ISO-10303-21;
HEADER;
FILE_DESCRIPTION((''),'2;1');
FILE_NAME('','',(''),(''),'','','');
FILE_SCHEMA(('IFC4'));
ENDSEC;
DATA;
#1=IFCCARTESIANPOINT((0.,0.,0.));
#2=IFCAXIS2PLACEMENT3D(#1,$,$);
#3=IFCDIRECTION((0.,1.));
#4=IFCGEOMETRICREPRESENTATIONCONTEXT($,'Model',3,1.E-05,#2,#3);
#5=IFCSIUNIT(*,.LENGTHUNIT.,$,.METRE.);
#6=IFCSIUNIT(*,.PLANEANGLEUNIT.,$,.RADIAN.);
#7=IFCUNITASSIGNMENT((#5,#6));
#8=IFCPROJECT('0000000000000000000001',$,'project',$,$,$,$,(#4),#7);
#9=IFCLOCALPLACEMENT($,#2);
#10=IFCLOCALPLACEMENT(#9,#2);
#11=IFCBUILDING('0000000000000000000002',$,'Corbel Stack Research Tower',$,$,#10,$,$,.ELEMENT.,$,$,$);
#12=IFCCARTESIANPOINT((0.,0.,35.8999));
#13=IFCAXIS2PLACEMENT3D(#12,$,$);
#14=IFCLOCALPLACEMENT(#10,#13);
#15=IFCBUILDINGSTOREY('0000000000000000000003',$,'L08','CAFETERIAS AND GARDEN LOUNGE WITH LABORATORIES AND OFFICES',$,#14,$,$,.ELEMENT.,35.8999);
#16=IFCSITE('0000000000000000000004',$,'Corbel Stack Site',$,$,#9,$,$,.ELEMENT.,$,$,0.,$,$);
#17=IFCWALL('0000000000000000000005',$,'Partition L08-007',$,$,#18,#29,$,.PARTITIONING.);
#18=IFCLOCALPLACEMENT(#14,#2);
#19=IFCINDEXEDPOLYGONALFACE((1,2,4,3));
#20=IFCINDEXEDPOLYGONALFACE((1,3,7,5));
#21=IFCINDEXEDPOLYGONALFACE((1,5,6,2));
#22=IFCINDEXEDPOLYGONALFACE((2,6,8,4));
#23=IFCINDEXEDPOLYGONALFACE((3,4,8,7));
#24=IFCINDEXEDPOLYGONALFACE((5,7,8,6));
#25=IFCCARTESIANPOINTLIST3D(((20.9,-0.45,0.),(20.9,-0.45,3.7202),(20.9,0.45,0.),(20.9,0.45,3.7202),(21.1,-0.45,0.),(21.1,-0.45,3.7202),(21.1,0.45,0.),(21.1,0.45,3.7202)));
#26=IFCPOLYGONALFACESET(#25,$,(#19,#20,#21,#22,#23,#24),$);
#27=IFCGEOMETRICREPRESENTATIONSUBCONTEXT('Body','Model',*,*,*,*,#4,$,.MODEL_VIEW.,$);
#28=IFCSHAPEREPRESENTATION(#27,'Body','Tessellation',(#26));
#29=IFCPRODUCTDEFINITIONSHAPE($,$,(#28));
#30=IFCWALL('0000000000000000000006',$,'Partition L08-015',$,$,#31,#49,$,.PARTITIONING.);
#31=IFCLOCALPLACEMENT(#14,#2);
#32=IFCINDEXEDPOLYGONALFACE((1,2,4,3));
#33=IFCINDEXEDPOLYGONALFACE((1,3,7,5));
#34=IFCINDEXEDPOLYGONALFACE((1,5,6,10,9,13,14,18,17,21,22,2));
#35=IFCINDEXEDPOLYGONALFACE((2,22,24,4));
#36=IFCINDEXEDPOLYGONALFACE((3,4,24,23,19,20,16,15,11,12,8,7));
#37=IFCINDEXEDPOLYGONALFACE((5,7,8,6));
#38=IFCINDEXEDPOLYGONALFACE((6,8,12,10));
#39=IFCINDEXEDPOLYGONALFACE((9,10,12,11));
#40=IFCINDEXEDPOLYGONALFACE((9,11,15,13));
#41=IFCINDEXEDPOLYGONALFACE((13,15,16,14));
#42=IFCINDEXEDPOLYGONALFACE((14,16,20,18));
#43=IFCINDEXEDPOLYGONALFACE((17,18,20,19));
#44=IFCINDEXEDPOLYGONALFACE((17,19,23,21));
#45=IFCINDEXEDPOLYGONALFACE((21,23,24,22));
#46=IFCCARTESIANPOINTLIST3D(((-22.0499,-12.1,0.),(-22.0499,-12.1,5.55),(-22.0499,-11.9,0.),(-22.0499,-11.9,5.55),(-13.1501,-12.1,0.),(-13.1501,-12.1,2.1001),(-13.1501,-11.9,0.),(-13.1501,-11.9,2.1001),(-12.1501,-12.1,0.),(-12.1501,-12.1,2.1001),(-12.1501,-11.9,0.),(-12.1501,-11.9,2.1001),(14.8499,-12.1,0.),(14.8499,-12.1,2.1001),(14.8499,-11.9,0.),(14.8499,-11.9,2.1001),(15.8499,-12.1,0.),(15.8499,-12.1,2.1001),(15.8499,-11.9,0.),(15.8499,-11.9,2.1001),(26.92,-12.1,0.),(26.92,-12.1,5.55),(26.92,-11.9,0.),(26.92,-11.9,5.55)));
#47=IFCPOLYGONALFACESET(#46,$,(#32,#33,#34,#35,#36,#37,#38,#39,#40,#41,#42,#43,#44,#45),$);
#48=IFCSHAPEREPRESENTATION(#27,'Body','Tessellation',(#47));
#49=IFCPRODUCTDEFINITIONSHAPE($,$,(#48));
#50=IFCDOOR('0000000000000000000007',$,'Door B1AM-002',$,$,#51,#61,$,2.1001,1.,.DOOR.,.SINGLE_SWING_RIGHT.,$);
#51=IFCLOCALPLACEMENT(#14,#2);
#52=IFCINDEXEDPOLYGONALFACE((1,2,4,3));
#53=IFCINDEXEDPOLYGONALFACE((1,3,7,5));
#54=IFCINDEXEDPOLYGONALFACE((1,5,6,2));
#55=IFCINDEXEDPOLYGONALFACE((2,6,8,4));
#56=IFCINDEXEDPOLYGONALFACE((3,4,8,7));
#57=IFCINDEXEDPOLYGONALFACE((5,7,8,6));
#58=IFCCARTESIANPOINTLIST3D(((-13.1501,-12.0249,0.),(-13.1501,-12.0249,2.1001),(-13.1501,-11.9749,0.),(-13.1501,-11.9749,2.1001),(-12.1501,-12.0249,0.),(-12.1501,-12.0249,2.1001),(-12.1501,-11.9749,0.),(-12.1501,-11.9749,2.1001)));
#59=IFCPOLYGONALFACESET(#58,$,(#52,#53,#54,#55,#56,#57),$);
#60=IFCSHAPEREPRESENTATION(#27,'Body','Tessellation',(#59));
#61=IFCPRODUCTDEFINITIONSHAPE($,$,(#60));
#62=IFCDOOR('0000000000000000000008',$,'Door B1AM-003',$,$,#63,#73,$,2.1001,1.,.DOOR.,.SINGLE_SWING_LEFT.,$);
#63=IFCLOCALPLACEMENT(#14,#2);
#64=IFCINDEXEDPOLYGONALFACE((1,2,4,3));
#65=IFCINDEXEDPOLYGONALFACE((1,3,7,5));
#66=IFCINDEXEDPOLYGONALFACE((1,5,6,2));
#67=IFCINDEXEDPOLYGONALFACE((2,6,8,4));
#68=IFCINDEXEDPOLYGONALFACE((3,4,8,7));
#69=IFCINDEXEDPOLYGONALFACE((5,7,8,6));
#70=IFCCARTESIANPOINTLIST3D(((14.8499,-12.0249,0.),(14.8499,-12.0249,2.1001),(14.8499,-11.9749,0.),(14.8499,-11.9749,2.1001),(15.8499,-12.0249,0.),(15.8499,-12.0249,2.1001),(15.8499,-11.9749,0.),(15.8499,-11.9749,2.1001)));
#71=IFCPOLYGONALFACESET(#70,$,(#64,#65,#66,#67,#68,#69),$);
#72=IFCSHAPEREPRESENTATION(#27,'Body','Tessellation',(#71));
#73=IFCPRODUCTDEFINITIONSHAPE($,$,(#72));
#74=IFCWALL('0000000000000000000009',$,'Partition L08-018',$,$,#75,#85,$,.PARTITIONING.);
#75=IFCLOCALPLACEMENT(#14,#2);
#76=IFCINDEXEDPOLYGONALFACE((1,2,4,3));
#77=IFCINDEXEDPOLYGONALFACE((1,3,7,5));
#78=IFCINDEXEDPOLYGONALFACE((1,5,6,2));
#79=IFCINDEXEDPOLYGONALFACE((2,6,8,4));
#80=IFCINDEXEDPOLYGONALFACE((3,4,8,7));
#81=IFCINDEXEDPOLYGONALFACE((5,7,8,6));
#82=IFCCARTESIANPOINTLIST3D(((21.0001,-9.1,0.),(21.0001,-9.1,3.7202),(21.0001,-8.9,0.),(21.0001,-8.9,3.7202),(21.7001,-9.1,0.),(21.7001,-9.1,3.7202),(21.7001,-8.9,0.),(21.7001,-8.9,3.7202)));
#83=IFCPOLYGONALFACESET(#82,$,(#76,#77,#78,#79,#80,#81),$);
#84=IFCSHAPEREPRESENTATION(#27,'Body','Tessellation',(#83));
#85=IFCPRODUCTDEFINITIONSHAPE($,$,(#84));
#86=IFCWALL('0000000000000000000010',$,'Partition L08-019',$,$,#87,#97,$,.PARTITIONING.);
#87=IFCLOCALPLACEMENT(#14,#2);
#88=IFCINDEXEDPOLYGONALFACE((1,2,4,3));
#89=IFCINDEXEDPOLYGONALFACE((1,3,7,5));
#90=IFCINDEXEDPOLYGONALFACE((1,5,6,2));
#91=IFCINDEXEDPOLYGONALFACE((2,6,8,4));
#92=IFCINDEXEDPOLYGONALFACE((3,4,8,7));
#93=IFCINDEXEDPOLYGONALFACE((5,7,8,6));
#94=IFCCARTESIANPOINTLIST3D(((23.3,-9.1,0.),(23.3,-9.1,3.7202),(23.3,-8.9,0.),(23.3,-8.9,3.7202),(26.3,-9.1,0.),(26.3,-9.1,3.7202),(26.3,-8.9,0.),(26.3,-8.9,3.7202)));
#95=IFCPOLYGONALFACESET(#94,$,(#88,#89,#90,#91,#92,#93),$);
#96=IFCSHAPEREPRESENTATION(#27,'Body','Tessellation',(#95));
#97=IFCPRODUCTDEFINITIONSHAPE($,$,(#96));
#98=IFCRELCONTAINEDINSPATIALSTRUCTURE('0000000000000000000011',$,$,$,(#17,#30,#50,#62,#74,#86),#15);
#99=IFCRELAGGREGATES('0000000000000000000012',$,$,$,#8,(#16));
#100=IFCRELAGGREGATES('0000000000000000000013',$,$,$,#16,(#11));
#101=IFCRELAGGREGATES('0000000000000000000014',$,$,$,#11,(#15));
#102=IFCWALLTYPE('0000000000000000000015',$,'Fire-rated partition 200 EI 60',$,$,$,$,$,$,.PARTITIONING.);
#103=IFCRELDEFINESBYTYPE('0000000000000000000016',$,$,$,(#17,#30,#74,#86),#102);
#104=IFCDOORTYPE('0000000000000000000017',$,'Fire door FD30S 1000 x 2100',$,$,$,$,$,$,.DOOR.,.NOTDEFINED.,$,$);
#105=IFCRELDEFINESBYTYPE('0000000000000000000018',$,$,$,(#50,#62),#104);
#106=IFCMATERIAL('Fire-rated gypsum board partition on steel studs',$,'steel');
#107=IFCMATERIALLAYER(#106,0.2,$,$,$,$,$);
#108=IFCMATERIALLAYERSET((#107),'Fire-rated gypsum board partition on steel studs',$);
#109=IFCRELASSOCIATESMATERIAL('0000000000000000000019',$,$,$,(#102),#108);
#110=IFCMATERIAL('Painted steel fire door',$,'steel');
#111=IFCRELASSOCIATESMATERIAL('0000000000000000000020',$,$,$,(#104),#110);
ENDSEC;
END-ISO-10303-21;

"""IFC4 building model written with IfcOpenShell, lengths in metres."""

from ifc_helpers import new_model, si_unit, direction, frame, frame_2d, origin, place, context, subcontext, project, spatial, rectangle, extrude, material, layer, layer_set, type_object, element, fill, save


model = new_model("IFC4")

# Units and contexts
model_context = context("Model", 3, precision=1e-05, world=origin(), true_north=direction((0.0, 1.0)))
body_context = subcontext(model_context, "Body", "Model", "MODEL_VIEW")
ifc_project = project(units=[si_unit("LENGTHUNIT", "METRE"), si_unit("PLANEANGLEUNIT", "RADIAN")], contexts=[model_context])

# Site, building, storey
site_placement = place(None, origin())
site = spatial("IfcSite", under=ifc_project, at=site_placement, Name="Corbel Stack Site", CompositionType="ELEMENT", RefElevation=0.0)
building_placement = place(site_placement, origin())
building = spatial("IfcBuilding", under=site, at=building_placement, Name="Corbel Stack Research Tower", CompositionType="ELEMENT")
storey_placement = place(building_placement, frame((0.0, 0.0, 35.8999)))
storey = spatial("IfcBuildingStorey", under=building, at=storey_placement, Name="L08", Description="CAFETERIAS AND GARDEN LOUNGE WITH LABORATORIES AND OFFICES", CompositionType="ELEMENT", Elevation=35.8999)

# Wall
ifc_material_1 = material(Name="Fire-rated gypsum board partition on steel studs", Category="steel")
ifc_layer_1 = layer(ifc_material_1, 0.2)
ifc_layer_set_1 = layer_set([ifc_layer_1], Name="Fire-rated gypsum board partition on steel studs")
wall_type_1 = type_object("IfcWallType", Name="Fire-rated partition 200 EI 60", PredefinedType="PARTITIONING", material=ifc_layer_set_1)
wall_1_placement = place(storey_placement, frame((21.0, -0.45, 0.0), z_axis=(0.0, 0.0, 1.0), x_axis=(0.0, 1.0, 0.0)))
element("IfcWall", 1, at=wall_1_placement, inside=storey, type_object=wall_type_1, Name="Partition L08-007", PredefinedType="PARTITIONING", context=body_context, shape_type="SweptSolid", body=[
    extrude(rectangle(XDim=0.8999, YDim=0.2, at=frame_2d((0.45, 0.0))), origin(), (0.0, 0.0, 1.0), 3.7202),
])

# Wall, openings, doors
wall_2_placement = place(storey_placement, frame((26.9199, -12.0, 0.0), z_axis=(0.0, 0.0, 1.0), x_axis=(-1.0, 0.0, 0.0)))
wall_2 = element("IfcWall", 2, at=wall_2_placement, inside=storey, type_object=wall_type_1, Name="Partition L08-015", PredefinedType="PARTITIONING", context=body_context, shape_type="SweptSolid", body=[
    extrude(rectangle(XDim=48.97, YDim=0.2, at=frame_2d((24.4849, 0.0))), origin(), (0.0, 0.0, 1.0), 5.55),
])
opening_1_placement = place(wall_2_placement, frame((39.0701, 0.0, 0.0)))
opening_1 = element("IfcOpeningElement", 3, at=opening_1_placement, cuts=wall_2, PredefinedType="OPENING", context=body_context, shape_type="SweptSolid", body=[
    extrude(rectangle(XDim=1.0, YDim=2.1001, at=frame_2d((0.5, 1.05))), frame((0.0, 0.1099, 0.0), z_axis=(0.0, -1.0, 0.0), x_axis=(1.0, 0.0, 0.0)), (0.0, 0.0, 1.0), 0.22),
])
opening_2_placement = place(wall_2_placement, frame((11.0701, 0.0, 0.0)))
opening_2 = element("IfcOpeningElement", 4, at=opening_2_placement, cuts=wall_2, PredefinedType="OPENING", context=body_context, shape_type="SweptSolid", body=[
    extrude(rectangle(XDim=1.0, YDim=2.1001, at=frame_2d((0.5, 1.05))), frame((0.0, 0.1099, 0.0), z_axis=(0.0, -1.0, 0.0), x_axis=(1.0, 0.0, 0.0)), (0.0, 0.0, 1.0), 0.22),
])
ifc_material_2 = material(Name="Painted steel fire door", Category="steel")
door_type_1 = type_object("IfcDoorType", Name="Fire door FD30S 1000 x 2100", OperationType="NOTDEFINED", PredefinedType="DOOR", material=ifc_material_2)
door_1_placement = place(opening_1_placement, origin())
door_1 = element("IfcDoor", 5, at=door_1_placement, inside=storey, type_object=door_type_1, Name="Door B1AM-002", OperationType="SINGLE_SWING_RIGHT", OverallHeight=2.1001, OverallWidth=1.0, PredefinedType="DOOR", context=body_context, shape_type="SweptSolid", body=[
    extrude(rectangle(XDim=1.0, YDim=2.1001, at=frame_2d((0.5, 1.05))), frame((0.0, 0.0249, 0.0), z_axis=(0.0, -1.0, 0.0), x_axis=(1.0, 0.0, 0.0)), (0.0, 0.0, 1.0), 0.05),
])
fill(opening_1, door_1)
door_2_placement = place(opening_2_placement, origin())
door_2 = element("IfcDoor", 6, at=door_2_placement, inside=storey, type_object=door_type_1, Name="Door B1AM-003", OperationType="SINGLE_SWING_LEFT", OverallHeight=2.1001, OverallWidth=1.0, PredefinedType="DOOR", context=body_context, shape_type="SweptSolid", body=[
    extrude(rectangle(XDim=1.0, YDim=2.1001, at=frame_2d((0.5, 1.05))), frame((0.0, 0.0249, 0.0), z_axis=(0.0, -1.0, 0.0), x_axis=(1.0, 0.0, 0.0)), (0.0, 0.0, 1.0), 0.05),
])
fill(opening_2, door_2)

# Walls
wall_3_placement = place(storey_placement, frame((21.0, -9.0, 0.0), z_axis=(0.0, 0.0, 1.0), x_axis=(1.0, 0.0, 0.0)))
element("IfcWall", 7, at=wall_3_placement, inside=storey, type_object=wall_type_1, Name="Partition L08-018", PredefinedType="PARTITIONING", context=body_context, shape_type="SweptSolid", body=[
    extrude(rectangle(XDim=0.7, YDim=0.2, at=frame_2d((0.3501, 0.0))), origin(), (0.0, 0.0, 1.0), 3.7202),
])
wall_4_placement = place(storey_placement, frame((23.3, -9.0, 0.0), z_axis=(0.0, 0.0, 1.0), x_axis=(1.0, 0.0, 0.0)))
element("IfcWall", 8, at=wall_4_placement, inside=storey, type_object=wall_type_1, Name="Partition L08-019", PredefinedType="PARTITIONING", context=body_context, shape_type="SweptSolid", body=[
    extrude(rectangle(XDim=3.0, YDim=0.2, at=frame_2d((1.5, 0.0))), origin(), (0.0, 0.0, 1.0), 3.7202),
])

save(model, "model.ifc")
